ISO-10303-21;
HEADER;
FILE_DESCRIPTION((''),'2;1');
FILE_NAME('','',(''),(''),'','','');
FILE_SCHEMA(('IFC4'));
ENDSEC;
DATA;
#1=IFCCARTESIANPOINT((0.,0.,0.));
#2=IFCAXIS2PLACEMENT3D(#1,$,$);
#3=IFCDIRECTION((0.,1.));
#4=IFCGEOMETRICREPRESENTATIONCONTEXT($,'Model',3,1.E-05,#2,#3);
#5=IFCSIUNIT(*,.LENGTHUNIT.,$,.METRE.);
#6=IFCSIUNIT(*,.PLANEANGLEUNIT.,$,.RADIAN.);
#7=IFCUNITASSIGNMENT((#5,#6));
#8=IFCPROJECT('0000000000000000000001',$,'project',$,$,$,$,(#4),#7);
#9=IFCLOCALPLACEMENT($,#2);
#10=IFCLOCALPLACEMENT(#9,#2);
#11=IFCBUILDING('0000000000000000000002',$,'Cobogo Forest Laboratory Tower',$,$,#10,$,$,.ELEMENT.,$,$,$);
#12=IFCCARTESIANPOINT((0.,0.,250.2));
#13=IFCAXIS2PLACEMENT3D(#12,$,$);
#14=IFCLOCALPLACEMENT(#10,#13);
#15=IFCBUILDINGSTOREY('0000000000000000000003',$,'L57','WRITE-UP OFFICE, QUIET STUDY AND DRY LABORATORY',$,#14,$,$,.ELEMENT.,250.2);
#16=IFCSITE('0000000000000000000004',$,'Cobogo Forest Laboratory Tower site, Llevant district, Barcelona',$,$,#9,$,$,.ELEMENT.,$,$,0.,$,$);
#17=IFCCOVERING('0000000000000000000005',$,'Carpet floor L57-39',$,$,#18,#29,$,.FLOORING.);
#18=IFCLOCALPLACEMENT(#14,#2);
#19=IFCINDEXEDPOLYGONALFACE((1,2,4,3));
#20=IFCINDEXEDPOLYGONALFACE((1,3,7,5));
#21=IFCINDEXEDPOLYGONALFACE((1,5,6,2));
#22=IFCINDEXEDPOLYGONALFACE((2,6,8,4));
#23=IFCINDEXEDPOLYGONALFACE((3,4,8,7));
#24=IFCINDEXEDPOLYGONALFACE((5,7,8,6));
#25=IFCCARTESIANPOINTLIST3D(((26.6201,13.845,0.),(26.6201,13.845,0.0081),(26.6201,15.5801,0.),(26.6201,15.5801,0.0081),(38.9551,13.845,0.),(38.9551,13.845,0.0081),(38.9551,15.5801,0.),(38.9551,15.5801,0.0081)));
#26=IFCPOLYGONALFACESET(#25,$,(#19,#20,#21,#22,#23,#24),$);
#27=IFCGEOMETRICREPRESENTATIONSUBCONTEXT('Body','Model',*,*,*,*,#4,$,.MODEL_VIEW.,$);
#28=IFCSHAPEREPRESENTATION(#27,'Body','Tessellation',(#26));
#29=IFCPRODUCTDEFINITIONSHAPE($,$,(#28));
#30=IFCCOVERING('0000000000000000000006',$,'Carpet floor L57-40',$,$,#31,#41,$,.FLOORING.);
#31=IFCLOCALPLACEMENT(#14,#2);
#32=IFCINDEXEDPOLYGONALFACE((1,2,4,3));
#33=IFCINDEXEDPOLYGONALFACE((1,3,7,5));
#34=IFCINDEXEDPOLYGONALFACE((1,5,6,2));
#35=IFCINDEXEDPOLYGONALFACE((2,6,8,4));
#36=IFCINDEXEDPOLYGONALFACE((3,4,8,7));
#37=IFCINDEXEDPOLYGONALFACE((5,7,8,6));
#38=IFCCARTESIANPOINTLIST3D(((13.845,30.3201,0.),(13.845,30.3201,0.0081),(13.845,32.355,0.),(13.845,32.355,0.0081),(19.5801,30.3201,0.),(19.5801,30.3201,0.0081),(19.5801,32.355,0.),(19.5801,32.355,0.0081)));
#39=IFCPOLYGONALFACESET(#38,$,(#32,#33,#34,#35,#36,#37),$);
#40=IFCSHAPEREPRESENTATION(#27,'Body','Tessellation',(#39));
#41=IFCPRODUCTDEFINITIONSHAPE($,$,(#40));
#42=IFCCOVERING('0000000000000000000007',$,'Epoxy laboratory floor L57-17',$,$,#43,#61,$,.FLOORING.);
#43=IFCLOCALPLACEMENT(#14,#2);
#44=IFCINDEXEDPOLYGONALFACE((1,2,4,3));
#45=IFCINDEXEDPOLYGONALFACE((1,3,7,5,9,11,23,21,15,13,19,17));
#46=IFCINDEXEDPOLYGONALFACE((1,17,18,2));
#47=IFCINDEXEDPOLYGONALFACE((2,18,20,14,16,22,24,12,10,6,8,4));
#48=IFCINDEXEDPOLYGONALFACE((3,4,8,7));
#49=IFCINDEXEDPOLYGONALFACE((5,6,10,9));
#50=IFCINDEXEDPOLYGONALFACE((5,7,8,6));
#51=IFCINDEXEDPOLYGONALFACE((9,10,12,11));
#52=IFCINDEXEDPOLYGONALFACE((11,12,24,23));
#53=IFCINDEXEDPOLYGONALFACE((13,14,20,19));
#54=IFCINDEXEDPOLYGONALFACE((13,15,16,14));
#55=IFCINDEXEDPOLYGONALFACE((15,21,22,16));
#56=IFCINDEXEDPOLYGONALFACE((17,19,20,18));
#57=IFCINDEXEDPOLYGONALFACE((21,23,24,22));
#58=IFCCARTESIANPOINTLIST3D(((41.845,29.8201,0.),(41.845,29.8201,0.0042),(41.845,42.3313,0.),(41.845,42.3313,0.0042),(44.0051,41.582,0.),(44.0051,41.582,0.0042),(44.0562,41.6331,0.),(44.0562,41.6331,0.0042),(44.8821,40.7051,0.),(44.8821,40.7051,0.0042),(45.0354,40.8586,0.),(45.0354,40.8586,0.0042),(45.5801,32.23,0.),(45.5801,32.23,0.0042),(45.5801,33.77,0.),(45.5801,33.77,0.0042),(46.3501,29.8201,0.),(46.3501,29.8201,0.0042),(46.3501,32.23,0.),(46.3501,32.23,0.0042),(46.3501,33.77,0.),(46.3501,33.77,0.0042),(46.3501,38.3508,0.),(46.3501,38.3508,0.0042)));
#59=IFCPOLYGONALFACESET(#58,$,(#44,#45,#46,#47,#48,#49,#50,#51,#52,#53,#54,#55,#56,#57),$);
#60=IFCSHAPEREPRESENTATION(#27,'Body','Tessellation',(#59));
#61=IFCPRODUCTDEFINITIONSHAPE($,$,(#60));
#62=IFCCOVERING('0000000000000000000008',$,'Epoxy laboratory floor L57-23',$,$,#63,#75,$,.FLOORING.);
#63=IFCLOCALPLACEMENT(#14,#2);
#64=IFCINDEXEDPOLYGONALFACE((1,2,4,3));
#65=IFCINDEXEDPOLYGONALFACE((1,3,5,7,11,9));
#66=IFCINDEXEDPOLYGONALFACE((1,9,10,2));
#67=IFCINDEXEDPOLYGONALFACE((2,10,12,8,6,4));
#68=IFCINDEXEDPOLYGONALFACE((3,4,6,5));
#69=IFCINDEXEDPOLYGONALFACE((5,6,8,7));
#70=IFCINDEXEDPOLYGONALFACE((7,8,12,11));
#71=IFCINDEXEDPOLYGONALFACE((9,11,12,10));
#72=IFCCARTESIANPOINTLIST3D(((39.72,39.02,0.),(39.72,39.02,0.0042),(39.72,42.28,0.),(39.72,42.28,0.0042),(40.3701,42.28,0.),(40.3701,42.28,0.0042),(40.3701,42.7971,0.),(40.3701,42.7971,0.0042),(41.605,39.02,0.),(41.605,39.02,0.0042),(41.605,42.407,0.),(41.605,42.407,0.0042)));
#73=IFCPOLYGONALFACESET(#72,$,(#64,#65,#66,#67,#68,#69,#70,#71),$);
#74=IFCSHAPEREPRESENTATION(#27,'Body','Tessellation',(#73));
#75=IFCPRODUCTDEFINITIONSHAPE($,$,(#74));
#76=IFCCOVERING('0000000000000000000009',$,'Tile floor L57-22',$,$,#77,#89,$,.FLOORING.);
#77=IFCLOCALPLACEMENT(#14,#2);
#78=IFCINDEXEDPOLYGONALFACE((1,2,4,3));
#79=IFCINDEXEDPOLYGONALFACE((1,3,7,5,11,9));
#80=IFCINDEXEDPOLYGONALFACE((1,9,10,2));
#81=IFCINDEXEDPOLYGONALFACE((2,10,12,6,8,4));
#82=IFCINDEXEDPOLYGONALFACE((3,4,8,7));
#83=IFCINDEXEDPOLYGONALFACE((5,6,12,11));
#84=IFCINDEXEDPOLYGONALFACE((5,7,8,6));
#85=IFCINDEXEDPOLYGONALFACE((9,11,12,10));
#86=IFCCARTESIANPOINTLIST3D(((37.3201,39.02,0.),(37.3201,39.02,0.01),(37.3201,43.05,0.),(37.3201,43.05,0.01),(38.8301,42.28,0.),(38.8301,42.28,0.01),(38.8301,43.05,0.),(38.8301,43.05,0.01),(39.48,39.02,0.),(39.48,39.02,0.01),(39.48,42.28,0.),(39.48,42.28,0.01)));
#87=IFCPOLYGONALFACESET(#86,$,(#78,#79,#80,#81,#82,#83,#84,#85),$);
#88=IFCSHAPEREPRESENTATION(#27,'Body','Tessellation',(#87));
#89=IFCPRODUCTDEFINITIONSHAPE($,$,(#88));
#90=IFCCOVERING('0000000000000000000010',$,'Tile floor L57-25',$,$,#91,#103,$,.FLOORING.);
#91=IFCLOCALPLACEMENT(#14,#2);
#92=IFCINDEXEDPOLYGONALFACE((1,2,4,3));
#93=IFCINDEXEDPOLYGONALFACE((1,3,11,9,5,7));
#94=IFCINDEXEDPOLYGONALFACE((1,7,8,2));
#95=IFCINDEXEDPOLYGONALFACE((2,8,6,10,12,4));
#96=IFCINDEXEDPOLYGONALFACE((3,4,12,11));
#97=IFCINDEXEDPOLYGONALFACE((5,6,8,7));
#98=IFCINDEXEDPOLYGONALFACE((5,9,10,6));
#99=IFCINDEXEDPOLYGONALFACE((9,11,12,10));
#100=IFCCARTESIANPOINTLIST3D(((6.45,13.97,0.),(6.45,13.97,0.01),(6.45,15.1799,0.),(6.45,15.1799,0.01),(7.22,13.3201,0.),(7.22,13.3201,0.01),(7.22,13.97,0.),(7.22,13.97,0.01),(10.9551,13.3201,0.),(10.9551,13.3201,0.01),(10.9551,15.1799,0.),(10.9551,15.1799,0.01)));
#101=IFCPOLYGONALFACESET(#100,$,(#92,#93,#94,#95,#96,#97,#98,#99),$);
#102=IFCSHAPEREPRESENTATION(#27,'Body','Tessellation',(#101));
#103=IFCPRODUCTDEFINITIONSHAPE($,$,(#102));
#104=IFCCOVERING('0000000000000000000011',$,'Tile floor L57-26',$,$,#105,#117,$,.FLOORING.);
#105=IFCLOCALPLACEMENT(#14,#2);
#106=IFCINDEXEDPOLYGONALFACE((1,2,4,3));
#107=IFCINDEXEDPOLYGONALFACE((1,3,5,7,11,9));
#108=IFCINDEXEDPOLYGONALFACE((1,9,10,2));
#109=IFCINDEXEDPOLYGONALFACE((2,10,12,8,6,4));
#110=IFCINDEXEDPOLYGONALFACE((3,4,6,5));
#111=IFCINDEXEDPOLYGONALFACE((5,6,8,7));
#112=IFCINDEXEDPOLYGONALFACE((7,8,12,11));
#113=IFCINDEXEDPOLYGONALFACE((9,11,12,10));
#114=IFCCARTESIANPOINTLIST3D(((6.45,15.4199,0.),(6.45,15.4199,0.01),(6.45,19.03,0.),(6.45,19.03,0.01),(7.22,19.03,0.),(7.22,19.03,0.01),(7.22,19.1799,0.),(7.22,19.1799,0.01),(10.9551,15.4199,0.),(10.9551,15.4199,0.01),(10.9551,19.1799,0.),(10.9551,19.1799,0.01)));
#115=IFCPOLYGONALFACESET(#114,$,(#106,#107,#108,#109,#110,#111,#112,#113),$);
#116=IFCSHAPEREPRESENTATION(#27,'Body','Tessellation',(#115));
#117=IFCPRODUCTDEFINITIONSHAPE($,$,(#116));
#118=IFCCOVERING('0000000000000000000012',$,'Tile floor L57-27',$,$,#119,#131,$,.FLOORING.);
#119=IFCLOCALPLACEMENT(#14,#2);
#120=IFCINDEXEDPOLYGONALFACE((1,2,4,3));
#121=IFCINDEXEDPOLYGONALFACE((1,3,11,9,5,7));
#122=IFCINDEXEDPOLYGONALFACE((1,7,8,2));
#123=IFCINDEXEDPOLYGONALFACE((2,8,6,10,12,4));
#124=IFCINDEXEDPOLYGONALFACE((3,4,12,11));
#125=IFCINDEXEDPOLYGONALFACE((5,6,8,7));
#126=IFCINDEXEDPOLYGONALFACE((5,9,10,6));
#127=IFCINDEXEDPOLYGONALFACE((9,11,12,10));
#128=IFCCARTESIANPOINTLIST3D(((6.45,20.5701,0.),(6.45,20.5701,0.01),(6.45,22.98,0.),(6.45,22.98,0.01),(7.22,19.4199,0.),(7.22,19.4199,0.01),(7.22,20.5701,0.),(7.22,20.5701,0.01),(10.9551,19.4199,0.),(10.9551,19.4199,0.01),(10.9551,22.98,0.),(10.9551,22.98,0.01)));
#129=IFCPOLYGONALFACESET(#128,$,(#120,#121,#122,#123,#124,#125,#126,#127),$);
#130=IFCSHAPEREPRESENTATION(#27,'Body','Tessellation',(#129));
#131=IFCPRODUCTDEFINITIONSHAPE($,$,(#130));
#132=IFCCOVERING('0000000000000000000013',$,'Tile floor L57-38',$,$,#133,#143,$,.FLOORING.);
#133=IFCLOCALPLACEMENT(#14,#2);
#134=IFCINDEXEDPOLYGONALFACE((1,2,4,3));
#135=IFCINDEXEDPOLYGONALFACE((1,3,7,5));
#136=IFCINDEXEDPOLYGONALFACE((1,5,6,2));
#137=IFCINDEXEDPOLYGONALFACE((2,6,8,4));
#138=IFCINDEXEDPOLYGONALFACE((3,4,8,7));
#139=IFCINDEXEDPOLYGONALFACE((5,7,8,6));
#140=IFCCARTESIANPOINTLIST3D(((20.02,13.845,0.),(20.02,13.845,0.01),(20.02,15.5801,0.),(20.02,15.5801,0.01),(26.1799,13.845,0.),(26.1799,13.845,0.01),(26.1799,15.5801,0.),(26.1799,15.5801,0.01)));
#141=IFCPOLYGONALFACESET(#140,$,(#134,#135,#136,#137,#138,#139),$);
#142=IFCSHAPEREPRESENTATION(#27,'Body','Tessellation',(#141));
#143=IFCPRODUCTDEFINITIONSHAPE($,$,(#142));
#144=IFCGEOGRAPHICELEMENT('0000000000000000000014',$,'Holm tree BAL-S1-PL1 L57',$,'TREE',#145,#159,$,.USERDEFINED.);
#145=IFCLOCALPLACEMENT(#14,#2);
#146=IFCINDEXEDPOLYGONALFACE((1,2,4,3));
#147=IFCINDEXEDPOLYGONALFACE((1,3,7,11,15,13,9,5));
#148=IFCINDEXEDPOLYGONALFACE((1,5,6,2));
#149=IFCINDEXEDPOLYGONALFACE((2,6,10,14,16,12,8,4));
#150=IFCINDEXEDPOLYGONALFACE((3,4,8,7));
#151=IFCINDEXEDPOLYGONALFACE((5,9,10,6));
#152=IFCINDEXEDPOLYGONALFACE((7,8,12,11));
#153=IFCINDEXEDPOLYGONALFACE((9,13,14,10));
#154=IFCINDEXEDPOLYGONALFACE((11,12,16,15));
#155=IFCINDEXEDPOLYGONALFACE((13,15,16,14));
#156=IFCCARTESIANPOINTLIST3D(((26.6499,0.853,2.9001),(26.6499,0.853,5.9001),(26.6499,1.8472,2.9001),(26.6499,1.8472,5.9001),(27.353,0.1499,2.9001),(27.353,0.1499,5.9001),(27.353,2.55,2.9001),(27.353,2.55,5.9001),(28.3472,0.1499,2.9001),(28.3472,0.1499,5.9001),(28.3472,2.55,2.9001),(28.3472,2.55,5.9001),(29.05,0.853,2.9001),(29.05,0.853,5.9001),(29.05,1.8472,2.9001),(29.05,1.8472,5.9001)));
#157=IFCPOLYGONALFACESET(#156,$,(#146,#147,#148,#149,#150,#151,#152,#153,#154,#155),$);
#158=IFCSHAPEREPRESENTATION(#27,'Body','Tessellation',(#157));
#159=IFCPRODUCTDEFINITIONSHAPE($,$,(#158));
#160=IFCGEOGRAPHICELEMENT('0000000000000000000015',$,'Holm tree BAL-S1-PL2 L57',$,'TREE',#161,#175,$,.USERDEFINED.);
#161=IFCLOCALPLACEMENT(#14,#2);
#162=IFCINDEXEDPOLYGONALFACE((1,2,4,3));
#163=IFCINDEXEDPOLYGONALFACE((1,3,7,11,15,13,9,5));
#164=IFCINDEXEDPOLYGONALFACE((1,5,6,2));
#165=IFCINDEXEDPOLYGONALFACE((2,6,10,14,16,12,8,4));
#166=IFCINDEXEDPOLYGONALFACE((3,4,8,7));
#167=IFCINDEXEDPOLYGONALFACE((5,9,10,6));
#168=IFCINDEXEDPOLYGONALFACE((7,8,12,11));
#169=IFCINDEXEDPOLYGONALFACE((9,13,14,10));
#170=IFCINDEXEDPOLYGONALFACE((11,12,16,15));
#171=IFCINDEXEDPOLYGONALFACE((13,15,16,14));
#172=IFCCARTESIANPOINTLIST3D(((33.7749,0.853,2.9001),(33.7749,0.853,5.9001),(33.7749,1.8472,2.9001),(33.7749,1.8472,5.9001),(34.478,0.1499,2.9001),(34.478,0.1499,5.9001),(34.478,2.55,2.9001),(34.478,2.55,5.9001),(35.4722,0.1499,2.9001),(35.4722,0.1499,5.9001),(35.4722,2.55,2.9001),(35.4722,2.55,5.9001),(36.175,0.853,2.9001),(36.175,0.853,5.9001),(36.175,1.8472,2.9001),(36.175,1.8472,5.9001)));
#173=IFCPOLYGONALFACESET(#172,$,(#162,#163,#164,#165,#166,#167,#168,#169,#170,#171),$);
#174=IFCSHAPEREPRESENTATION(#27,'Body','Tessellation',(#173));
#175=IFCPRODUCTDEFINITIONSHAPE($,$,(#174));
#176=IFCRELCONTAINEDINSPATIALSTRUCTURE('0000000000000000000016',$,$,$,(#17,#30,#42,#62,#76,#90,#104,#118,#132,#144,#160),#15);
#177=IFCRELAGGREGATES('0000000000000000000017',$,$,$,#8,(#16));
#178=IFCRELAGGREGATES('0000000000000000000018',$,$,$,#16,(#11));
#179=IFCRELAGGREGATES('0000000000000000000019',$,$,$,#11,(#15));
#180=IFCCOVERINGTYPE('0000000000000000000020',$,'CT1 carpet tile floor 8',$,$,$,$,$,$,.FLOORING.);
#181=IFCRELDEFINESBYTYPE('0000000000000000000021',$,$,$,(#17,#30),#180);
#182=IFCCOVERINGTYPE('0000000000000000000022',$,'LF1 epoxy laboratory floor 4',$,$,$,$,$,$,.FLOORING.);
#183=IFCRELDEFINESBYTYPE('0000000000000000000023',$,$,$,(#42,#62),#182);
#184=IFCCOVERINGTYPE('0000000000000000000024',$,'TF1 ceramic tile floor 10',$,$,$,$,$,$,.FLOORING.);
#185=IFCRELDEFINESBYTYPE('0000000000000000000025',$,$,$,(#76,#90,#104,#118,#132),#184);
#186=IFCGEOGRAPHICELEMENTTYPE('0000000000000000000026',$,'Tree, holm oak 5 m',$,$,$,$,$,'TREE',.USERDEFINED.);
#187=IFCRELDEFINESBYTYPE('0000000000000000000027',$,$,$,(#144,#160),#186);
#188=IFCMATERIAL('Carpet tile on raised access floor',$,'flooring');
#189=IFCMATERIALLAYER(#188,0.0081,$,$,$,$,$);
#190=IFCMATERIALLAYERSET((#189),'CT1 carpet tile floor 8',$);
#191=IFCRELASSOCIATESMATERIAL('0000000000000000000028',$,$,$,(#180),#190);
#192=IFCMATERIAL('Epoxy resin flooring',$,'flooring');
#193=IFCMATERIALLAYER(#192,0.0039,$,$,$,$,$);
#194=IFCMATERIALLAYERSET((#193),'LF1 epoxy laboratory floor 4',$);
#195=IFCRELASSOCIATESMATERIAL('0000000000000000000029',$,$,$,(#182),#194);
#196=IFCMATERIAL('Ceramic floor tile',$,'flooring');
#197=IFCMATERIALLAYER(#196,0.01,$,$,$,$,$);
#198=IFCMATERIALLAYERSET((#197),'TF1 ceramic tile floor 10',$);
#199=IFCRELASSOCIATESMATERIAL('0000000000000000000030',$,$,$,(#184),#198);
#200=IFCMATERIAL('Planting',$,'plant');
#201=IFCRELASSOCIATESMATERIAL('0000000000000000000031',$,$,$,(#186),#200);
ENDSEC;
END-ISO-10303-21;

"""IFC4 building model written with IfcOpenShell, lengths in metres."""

from ifc_helpers import new_model, si_unit, direction, frame, origin, place, context, subcontext, project, spatial, polyline, outline, extrude, material, layer, layer_set, type_object, element, save


model = new_model("IFC4")

# Units and contexts
model_context = context("Model", 3, precision=1e-05, world=origin(), true_north=direction((0.0, 1.0)))
body_context = subcontext(model_context, "Body", "Model", "MODEL_VIEW")
ifc_project = project(units=[si_unit("LENGTHUNIT", "METRE"), si_unit("PLANEANGLEUNIT", "RADIAN")], contexts=[model_context])

# Site, building, storey
site_placement = place(None, origin())
site = spatial("IfcSite", under=ifc_project, at=site_placement, Name="Cobogo Forest Laboratory Tower site, Llevant district, Barcelona", CompositionType="ELEMENT", RefElevation=0.0)
building_placement = place(site_placement, origin())
building = spatial("IfcBuilding", under=site, at=building_placement, Name="Cobogo Forest Laboratory Tower", CompositionType="ELEMENT")
storey_placement = place(building_placement, frame((0.0, 0.0, 250.2)))
storey = spatial("IfcBuildingStorey", under=building, at=storey_placement, Name="L57", Description="WRITE-UP OFFICE, QUIET STUDY AND DRY LABORATORY", CompositionType="ELEMENT", Elevation=250.2)

# Coverings
ifc_material_1 = material(Name="Carpet tile on raised access floor", Category="flooring")
ifc_layer_1 = layer(ifc_material_1, 0.0081)
ifc_layer_set_1 = layer_set([ifc_layer_1], Name="CT1 carpet tile floor 8")
covering_type_1 = type_object("IfcCoveringType", Name="CT1 carpet tile floor 8", PredefinedType="FLOORING", material=ifc_layer_set_1)
covering_1_placement = place(storey_placement, origin())
element("IfcCovering", 1, at=covering_1_placement, inside=storey, type_object=covering_type_1, Name="Carpet floor L57-39", PredefinedType="FLOORING", context=body_context, shape_type="SweptSolid", body=[
    extrude(outline(polyline([(38.9551, 13.845), (26.6201, 13.845), (26.6201, 15.5801), (38.9551, 15.5801), (38.9551, 13.845)])), origin(), (0.0, 0.0, 1.0), 0.0081),
])
covering_2_placement = place(storey_placement, origin())
element("IfcCovering", 2, at=covering_2_placement, inside=storey, type_object=covering_type_1, Name="Carpet floor L57-40", PredefinedType="FLOORING", context=body_context, shape_type="SweptSolid", body=[
    extrude(outline(polyline([(19.5801, 30.3201), (13.845, 30.3201), (13.845, 32.355), (19.5801, 32.355), (19.5801, 30.3201)])), origin(), (0.0, 0.0, 1.0), 0.0081),
])
ifc_material_2 = material(Name="Epoxy resin flooring", Category="flooring")
ifc_layer_2 = layer(ifc_material_2, 0.0039)
ifc_layer_set_2 = layer_set([ifc_layer_2], Name="LF1 epoxy laboratory floor 4")
covering_type_2 = type_object("IfcCoveringType", Name="LF1 epoxy laboratory floor 4", PredefinedType="FLOORING", material=ifc_layer_set_2)
covering_3_placement = place(storey_placement, origin())
element("IfcCovering", 3, at=covering_3_placement, inside=storey, type_object=covering_type_2, Name="Epoxy laboratory floor L57-17", PredefinedType="FLOORING", context=body_context, shape_type="SweptSolid", body=[
    extrude(outline(polyline([(41.845, 42.3313), (44.0562, 41.6331), (44.0051, 41.582), (44.8821, 40.7051), (45.0354, 40.8586), (46.3501, 38.3508), (46.3501, 33.77), (45.5801, 33.77), (45.5801, 32.23), (46.3501, 32.23), (46.3501, 29.8201), (41.845, 29.8201), (41.845, 42.3313)])), origin(), (0.0, 0.0, 1.0), 0.0042),
])
covering_4_placement = place(storey_placement, origin())
element("IfcCovering", 4, at=covering_4_placement, inside=storey, type_object=covering_type_2, Name="Epoxy laboratory floor L57-23", PredefinedType="FLOORING", context=body_context, shape_type="SweptSolid", body=[
    extrude(outline(polyline([(39.72, 39.02), (39.72, 42.28), (40.3701, 42.28), (40.3701, 42.7971), (41.605, 42.407), (41.605, 39.02), (39.72, 39.02)])), origin(), (0.0, 0.0, 1.0), 0.0042),
])
ifc_material_3 = material(Name="Ceramic floor tile", Category="flooring")
ifc_layer_3 = layer(ifc_material_3, 0.01)
ifc_layer_set_3 = layer_set([ifc_layer_3], Name="TF1 ceramic tile floor 10")
covering_type_3 = type_object("IfcCoveringType", Name="TF1 ceramic tile floor 10", PredefinedType="FLOORING", material=ifc_layer_set_3)
covering_5_placement = place(storey_placement, origin())
element("IfcCovering", 5, at=covering_5_placement, inside=storey, type_object=covering_type_3, Name="Tile floor L57-22", PredefinedType="FLOORING", context=body_context, shape_type="SweptSolid", body=[
    extrude(outline(polyline([(37.3201, 39.02), (37.3201, 43.05), (38.8301, 43.05), (38.8301, 42.28), (39.48, 42.28), (39.48, 39.02), (37.3201, 39.02)])), origin(), (0.0, 0.0, 1.0), 0.01),
])
covering_6_placement = place(storey_placement, origin())
element("IfcCovering", 6, at=covering_6_placement, inside=storey, type_object=covering_type_3, Name="Tile floor L57-25", PredefinedType="FLOORING", context=body_context, shape_type="SweptSolid", body=[
    extrude(outline(polyline([(10.9551, 13.3201), (7.22, 13.3201), (7.22, 13.97), (6.45, 13.97), (6.45, 15.1799), (10.9551, 15.1799), (10.9551, 13.3201)])), origin(), (0.0, 0.0, 1.0), 0.01),
])
covering_7_placement = place(storey_placement, origin())
element("IfcCovering", 7, at=covering_7_placement, inside=storey, type_object=covering_type_3, Name="Tile floor L57-26", PredefinedType="FLOORING", context=body_context, shape_type="SweptSolid", body=[
    extrude(outline(polyline([(10.9551, 15.4199), (6.45, 15.4199), (6.45, 19.03), (7.22, 19.03), (7.22, 19.1799), (10.9551, 19.1799), (10.9551, 15.4199)])), origin(), (0.0, 0.0, 1.0), 0.01),
])
covering_8_placement = place(storey_placement, origin())
element("IfcCovering", 8, at=covering_8_placement, inside=storey, type_object=covering_type_3, Name="Tile floor L57-27", PredefinedType="FLOORING", context=body_context, shape_type="SweptSolid", body=[
    extrude(outline(polyline([(10.9551, 19.4199), (7.22, 19.4199), (7.22, 20.5701), (6.45, 20.5701), (6.45, 22.98), (10.9551, 22.98), (10.9551, 19.4199)])), origin(), (0.0, 0.0, 1.0), 0.01),
])
covering_9_placement = place(storey_placement, origin())
element("IfcCovering", 9, at=covering_9_placement, inside=storey, type_object=covering_type_3, Name="Tile floor L57-38", PredefinedType="FLOORING", context=body_context, shape_type="SweptSolid", body=[
    extrude(outline(polyline([(26.1799, 13.845), (20.02, 13.845), (20.02, 15.5801), (26.1799, 15.5801), (26.1799, 13.845)])), origin(), (0.0, 0.0, 1.0), 0.01),
])

# Geographic elements
ifc_material_4 = material(Name="Planting", Category="plant")
geographic_element_type = type_object("IfcGeographicElementType", Name="Tree, holm oak 5 m", ElementType="TREE", PredefinedType="USERDEFINED", material=ifc_material_4)
geographic_element_1_placement = place(storey_placement, frame((0.0, 0.0, 2.9001)))
element("IfcGeographicElement", 10, at=geographic_element_1_placement, inside=storey, type_object=geographic_element_type, Name="Holm tree BAL-S1-PL1 L57", ObjectType="TREE", PredefinedType="USERDEFINED", context=body_context, shape_type="SweptSolid", body=[
    extrude(outline(polyline([(29.05, 0.853), (29.05, 1.8472), (28.3472, 2.55), (27.353, 2.55), (26.6499, 1.8472), (26.6499, 0.853), (27.353, 0.1499), (28.3472, 0.1499), (29.05, 0.853)])), origin(), (0.0, 0.0, 1.0), 3.0),
])
geographic_element_2_placement = place(storey_placement, frame((0.0, 0.0, 2.9001)))
element("IfcGeographicElement", 11, at=geographic_element_2_placement, inside=storey, type_object=geographic_element_type, Name="Holm tree BAL-S1-PL2 L57", ObjectType="TREE", PredefinedType="USERDEFINED", context=body_context, shape_type="SweptSolid", body=[
    extrude(outline(polyline([(36.175, 0.853), (36.175, 1.8472), (35.4722, 2.55), (34.478, 2.55), (33.7749, 1.8472), (33.7749, 0.853), (34.478, 0.1499), (35.4722, 0.1499), (36.175, 0.853)])), origin(), (0.0, 0.0, 1.0), 3.0),
])

save(model, "model.ifc")
